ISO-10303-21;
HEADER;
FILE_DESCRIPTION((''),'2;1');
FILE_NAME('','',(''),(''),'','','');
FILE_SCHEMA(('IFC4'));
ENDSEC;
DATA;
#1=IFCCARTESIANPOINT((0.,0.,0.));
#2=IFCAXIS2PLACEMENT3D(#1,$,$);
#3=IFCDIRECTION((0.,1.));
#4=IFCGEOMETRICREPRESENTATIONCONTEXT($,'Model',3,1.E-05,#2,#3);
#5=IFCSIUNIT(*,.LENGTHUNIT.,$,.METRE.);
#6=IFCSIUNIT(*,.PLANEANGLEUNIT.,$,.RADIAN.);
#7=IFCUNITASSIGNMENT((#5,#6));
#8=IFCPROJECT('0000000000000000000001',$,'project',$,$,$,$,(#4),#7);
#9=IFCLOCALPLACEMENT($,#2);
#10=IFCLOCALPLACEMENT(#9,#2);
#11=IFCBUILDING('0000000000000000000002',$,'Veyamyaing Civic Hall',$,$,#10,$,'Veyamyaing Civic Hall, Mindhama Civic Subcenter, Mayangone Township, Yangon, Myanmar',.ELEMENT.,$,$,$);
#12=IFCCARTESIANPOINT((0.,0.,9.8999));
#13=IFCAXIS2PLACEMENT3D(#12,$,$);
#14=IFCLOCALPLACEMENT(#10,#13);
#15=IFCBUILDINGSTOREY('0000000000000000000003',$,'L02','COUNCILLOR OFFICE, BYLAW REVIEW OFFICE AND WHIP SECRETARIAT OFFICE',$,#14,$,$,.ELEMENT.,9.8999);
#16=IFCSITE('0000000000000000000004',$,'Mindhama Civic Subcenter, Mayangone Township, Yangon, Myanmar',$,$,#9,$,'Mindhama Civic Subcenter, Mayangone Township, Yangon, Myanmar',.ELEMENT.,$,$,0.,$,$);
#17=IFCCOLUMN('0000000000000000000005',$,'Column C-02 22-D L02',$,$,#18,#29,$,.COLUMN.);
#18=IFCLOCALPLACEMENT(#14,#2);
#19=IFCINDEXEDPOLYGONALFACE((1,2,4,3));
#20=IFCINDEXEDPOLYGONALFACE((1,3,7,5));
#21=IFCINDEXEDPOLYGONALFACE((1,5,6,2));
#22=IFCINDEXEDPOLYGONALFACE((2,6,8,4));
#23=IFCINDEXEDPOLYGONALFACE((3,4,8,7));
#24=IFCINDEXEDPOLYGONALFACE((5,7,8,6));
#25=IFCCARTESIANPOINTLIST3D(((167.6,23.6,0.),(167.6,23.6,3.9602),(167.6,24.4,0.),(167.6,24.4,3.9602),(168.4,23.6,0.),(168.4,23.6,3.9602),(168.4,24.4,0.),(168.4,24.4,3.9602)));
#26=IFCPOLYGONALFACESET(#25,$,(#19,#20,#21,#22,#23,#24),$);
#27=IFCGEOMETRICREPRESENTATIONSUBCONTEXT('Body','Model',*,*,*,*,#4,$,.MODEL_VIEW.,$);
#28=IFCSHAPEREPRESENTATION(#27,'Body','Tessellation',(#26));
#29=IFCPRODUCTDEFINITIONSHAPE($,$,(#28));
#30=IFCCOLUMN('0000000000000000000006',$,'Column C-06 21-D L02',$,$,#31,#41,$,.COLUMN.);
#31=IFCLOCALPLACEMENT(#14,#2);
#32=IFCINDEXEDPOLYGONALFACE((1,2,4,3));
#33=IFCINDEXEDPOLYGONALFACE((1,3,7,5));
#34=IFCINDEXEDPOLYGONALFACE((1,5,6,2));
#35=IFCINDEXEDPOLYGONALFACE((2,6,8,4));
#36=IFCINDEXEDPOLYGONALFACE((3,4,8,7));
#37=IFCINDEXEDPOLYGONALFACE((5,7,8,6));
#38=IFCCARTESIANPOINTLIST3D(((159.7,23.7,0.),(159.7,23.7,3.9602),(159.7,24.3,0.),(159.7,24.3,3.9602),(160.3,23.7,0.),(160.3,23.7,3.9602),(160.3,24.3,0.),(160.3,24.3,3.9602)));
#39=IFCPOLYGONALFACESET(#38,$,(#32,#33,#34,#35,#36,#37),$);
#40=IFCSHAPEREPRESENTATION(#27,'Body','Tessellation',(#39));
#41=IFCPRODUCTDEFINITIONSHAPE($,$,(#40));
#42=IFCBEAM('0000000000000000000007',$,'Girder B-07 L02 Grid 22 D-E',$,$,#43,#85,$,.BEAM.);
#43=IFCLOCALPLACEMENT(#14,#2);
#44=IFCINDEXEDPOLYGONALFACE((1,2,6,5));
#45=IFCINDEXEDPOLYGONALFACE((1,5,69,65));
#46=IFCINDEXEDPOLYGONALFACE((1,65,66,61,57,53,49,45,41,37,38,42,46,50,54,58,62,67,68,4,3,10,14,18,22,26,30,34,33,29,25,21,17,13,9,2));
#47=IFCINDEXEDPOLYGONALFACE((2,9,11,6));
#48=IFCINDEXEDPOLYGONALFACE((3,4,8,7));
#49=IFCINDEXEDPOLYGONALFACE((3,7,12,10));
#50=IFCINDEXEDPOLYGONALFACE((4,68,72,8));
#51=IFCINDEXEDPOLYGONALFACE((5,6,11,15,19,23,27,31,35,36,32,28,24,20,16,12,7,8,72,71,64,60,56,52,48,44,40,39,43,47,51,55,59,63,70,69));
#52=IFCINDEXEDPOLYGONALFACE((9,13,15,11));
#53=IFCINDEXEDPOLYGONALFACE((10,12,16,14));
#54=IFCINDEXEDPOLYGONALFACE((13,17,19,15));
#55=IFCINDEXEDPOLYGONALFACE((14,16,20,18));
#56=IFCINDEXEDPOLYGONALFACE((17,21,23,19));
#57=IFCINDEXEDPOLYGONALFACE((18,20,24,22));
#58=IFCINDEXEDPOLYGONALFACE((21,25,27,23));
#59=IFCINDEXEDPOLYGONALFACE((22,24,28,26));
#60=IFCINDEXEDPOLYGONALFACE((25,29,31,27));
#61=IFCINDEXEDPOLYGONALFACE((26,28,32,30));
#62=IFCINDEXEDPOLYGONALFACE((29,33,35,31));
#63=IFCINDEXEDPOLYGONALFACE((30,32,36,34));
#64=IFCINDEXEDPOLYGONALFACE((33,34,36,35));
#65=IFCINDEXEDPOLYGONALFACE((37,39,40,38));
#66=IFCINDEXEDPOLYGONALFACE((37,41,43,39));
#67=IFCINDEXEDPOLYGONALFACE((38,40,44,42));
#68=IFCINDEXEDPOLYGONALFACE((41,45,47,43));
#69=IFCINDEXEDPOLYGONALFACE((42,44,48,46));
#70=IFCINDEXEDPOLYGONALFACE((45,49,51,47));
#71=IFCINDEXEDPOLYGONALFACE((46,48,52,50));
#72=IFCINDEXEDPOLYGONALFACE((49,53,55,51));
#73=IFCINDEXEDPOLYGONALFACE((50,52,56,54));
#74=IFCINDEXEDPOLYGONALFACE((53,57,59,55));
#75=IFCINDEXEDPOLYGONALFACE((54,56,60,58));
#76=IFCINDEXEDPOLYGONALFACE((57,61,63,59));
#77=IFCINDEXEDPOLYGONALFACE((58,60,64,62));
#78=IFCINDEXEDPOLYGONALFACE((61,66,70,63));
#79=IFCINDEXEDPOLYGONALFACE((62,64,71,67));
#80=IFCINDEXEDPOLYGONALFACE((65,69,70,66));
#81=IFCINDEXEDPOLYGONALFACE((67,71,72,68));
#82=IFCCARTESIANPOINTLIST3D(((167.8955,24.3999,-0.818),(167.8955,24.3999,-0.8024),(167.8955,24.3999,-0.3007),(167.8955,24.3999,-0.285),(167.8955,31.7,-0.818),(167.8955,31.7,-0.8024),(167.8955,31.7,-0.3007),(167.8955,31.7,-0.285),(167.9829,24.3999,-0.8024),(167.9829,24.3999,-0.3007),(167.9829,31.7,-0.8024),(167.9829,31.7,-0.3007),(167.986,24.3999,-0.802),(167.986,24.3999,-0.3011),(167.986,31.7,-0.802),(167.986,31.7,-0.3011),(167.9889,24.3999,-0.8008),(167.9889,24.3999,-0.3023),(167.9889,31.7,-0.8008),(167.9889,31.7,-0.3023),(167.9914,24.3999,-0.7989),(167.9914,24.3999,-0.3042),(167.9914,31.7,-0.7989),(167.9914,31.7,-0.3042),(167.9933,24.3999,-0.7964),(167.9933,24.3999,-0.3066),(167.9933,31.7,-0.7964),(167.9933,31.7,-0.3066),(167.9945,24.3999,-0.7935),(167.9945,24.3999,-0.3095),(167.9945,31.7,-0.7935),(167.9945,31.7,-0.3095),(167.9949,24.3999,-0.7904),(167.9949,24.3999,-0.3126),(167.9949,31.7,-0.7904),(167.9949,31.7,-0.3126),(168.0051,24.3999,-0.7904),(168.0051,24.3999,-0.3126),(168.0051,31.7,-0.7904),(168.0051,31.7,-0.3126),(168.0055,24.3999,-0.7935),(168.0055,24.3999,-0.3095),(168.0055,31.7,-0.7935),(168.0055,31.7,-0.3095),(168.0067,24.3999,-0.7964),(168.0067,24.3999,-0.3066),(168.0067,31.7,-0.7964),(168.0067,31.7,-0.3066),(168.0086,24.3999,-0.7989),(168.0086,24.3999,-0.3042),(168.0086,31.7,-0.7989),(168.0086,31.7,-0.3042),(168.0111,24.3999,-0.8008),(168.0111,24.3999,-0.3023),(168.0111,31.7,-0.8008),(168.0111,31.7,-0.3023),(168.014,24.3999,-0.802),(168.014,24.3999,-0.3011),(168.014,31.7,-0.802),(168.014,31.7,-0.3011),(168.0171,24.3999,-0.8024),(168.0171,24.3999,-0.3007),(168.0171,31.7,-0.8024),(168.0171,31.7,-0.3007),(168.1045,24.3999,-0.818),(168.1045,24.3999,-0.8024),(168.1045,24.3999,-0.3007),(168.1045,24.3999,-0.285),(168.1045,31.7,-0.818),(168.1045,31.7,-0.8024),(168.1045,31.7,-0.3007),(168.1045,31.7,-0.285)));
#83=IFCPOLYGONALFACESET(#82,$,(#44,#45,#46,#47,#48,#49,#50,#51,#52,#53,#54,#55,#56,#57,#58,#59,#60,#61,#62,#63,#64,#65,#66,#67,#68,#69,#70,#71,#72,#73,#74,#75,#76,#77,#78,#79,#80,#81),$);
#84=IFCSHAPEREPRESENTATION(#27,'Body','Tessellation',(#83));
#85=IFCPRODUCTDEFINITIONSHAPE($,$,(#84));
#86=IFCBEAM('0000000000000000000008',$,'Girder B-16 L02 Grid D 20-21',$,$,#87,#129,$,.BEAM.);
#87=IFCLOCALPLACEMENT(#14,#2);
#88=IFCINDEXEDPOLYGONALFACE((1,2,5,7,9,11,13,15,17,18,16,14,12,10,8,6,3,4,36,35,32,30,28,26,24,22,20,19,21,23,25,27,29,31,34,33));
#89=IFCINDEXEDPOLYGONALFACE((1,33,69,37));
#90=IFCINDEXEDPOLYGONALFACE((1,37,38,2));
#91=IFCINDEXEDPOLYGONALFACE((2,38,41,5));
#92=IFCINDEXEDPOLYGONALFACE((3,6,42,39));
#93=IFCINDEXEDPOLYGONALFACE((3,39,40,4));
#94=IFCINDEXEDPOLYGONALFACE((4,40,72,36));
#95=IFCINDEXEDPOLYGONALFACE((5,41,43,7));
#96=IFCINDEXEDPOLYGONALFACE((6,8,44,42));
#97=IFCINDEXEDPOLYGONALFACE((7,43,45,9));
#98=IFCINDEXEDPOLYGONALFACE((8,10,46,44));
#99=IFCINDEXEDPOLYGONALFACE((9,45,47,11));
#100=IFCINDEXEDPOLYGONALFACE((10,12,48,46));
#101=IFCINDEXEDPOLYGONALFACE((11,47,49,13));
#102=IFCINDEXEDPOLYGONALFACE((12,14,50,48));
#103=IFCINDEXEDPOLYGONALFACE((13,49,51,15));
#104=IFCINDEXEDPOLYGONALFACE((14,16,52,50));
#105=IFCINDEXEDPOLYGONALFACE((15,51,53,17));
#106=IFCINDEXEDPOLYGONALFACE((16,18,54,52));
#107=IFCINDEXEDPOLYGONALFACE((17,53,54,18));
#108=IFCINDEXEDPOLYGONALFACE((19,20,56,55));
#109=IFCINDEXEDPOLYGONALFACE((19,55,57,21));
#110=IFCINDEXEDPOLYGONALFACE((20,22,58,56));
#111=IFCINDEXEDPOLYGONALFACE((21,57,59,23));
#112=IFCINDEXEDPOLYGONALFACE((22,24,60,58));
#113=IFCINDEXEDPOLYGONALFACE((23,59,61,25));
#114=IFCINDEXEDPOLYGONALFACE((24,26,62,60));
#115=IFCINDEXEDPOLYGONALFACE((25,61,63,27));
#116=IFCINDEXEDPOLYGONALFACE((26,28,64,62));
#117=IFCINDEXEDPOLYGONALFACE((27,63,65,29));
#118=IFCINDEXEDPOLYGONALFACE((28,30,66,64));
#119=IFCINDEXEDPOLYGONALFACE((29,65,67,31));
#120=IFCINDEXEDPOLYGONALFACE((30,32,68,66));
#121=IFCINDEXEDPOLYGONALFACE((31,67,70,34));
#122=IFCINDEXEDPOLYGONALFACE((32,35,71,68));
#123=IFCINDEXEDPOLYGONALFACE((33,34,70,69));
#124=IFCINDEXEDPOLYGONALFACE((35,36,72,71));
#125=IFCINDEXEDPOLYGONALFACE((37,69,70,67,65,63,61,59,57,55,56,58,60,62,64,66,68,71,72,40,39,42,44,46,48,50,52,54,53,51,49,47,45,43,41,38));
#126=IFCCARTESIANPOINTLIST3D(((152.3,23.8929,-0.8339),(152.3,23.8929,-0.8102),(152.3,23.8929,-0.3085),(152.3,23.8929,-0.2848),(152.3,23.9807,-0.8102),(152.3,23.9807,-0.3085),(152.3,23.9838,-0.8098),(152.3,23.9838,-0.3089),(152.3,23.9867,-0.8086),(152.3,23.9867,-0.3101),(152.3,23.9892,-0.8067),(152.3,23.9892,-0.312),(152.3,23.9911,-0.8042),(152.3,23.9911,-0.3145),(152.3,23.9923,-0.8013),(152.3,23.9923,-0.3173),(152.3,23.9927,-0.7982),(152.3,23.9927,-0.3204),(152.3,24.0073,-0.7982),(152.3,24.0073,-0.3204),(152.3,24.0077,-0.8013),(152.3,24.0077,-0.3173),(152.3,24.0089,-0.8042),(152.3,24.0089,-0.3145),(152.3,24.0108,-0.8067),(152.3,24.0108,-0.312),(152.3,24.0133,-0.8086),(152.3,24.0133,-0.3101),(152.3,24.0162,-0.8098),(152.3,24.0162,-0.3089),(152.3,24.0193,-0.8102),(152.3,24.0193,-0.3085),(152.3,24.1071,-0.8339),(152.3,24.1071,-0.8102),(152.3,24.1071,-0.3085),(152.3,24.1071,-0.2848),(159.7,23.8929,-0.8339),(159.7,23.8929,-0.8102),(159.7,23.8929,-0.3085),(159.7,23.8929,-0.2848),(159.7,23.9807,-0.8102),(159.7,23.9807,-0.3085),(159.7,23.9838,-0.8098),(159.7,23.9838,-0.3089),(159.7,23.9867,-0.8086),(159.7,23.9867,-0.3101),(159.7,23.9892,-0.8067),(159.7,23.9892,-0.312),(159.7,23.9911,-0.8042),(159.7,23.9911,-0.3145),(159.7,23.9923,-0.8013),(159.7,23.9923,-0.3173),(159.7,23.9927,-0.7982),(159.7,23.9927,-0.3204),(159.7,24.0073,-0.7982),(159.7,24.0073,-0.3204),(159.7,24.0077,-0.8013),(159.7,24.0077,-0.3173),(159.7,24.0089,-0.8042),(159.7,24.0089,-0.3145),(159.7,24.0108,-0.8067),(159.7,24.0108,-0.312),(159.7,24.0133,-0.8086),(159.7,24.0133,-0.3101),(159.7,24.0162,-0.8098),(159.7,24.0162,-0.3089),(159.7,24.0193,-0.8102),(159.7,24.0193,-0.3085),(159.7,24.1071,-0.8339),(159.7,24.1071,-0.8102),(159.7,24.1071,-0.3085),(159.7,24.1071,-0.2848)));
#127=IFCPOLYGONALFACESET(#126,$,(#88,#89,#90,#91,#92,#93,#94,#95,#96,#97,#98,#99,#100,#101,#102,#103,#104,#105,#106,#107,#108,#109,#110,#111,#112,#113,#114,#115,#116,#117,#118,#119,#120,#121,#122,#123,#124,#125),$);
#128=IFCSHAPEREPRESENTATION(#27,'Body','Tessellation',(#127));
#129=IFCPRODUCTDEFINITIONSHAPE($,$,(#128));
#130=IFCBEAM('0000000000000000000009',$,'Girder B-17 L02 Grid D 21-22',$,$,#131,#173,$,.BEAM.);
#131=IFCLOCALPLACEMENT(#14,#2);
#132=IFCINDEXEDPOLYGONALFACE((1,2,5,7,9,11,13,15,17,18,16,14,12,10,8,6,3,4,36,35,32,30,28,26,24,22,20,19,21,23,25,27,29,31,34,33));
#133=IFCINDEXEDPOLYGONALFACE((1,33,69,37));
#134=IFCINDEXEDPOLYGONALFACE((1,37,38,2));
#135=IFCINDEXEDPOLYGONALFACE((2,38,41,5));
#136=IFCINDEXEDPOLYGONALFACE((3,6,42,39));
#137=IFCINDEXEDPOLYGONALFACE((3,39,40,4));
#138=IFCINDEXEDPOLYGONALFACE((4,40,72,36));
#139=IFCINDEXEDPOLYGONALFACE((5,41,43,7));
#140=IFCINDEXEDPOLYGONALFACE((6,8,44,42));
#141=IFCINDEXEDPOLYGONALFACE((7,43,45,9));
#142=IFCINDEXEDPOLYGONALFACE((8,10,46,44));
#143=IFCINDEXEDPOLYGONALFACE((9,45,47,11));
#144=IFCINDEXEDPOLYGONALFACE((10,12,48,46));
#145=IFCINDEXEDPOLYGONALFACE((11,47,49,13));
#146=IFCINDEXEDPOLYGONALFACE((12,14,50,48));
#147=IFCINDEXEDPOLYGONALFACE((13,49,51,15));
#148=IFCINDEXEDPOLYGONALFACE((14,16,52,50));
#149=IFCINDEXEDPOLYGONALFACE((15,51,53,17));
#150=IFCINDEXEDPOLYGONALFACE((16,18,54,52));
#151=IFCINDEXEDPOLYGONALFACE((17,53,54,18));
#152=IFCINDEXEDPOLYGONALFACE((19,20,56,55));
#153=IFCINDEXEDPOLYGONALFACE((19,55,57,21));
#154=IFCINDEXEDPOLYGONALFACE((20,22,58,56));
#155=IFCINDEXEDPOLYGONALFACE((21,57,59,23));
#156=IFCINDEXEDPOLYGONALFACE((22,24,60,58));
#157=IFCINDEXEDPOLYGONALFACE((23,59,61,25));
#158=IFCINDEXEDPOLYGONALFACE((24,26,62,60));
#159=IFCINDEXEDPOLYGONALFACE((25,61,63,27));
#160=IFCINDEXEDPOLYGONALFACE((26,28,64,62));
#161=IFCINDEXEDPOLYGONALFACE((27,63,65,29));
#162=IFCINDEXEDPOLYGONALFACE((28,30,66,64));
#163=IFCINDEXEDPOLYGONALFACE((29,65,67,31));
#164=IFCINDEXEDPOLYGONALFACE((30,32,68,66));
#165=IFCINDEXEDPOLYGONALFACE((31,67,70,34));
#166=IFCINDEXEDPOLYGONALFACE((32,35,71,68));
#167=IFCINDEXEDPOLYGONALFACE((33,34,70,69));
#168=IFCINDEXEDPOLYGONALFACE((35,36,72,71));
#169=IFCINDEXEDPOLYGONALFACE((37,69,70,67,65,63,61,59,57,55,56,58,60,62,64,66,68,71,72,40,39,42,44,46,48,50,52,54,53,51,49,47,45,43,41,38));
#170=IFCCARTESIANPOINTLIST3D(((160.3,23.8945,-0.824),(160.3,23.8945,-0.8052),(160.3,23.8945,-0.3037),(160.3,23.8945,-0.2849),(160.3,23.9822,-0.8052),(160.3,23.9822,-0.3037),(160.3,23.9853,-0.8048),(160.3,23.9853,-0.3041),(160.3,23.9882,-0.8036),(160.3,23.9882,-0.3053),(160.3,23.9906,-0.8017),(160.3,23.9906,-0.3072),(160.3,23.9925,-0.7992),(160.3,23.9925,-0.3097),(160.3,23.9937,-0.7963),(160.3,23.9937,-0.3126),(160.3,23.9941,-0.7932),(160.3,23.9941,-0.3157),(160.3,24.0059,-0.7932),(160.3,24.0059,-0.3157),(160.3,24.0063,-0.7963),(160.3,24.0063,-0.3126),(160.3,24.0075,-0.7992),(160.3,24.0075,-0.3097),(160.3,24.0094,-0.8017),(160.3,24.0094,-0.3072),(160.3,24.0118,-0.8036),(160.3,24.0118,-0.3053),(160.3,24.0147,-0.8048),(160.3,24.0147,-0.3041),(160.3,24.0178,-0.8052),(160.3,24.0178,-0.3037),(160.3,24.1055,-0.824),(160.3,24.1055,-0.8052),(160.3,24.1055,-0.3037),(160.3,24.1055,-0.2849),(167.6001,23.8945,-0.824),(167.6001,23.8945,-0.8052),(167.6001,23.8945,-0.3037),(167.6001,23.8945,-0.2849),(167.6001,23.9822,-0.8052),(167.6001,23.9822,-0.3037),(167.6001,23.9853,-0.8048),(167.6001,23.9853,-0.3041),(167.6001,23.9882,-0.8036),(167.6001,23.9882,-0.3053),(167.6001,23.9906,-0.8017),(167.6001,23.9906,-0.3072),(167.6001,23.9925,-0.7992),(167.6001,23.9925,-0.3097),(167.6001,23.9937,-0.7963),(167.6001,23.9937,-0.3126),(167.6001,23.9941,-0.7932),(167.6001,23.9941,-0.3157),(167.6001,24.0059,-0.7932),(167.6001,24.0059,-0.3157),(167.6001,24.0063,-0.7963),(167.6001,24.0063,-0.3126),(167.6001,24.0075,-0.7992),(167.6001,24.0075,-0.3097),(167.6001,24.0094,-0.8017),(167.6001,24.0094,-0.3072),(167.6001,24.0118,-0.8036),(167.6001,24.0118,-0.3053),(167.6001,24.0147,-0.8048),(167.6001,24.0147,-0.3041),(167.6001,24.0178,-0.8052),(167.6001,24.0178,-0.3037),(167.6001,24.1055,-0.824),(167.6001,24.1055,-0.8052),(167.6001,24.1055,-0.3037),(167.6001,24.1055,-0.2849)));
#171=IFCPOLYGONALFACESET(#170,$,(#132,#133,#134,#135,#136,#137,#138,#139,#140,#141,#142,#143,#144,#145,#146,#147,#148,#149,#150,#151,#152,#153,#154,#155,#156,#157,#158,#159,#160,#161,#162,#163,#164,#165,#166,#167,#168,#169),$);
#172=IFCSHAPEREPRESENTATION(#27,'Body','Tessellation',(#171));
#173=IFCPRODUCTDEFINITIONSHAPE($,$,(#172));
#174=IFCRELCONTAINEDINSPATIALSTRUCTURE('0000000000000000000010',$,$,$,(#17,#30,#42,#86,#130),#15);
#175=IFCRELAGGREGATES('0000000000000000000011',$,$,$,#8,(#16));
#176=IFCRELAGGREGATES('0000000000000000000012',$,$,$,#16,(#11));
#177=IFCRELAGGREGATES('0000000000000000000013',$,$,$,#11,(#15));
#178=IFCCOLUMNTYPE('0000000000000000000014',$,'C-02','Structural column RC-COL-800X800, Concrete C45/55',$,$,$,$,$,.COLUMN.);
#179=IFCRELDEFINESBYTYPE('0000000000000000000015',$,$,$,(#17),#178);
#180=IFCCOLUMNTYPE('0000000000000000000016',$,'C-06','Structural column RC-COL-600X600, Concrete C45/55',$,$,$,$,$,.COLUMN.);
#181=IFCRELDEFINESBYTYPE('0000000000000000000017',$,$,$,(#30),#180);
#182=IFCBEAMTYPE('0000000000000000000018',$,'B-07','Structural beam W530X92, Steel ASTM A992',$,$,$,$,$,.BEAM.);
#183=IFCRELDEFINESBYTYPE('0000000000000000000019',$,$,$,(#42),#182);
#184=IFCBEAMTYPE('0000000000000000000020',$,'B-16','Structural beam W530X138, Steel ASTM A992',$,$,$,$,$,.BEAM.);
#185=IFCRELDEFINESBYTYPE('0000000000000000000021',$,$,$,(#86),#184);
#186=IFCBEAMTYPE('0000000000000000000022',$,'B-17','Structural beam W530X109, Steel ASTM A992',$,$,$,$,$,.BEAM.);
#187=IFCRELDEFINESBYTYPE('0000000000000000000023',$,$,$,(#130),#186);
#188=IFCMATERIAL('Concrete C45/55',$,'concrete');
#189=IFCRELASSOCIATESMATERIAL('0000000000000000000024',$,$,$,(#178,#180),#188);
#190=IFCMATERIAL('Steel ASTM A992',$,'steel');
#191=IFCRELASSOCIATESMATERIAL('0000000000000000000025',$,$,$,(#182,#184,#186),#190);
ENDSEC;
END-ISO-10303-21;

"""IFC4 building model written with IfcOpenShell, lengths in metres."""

from ifc_helpers import new_model, si_unit, direction, frame, origin, origin_2d, place, context, subcontext, project, spatial, rectangle, i_section, extrude, material, material_profile, profile_set, type_object, element, save


model = new_model("IFC4")

# Units and contexts
model_context = context("Model", 3, precision=1e-05, world=origin(), true_north=direction((0.0, 1.0)))
body_context = subcontext(model_context, "Body", "Model", "MODEL_VIEW")
ifc_project = project(units=[si_unit("LENGTHUNIT", "METRE"), si_unit("PLANEANGLEUNIT", "RADIAN")], contexts=[model_context])

# Site, building, storey
site_placement = place(None, origin())
site = spatial("IfcSite", under=ifc_project, at=site_placement, Name="Mindhama Civic Subcenter, Mayangone Township, Yangon, Myanmar", LongName="Mindhama Civic Subcenter, Mayangone Township, Yangon, Myanmar", CompositionType="ELEMENT", RefElevation=0.0)
building_placement = place(site_placement, origin())
building = spatial("IfcBuilding", under=site, at=building_placement, Name="Veyamyaing Civic Hall", LongName="Veyamyaing Civic Hall, Mindhama Civic Subcenter, Mayangone Township, Yangon, Myanmar", CompositionType="ELEMENT")
storey_placement = place(building_placement, frame((0.0, 0.0, 9.8999)))
storey = spatial("IfcBuildingStorey", under=building, at=storey_placement, Name="L02", Description="COUNCILLOR OFFICE, BYLAW REVIEW OFFICE AND WHIP SECRETARIAT OFFICE", CompositionType="ELEMENT", Elevation=9.8999)

# Columns
ifc_material_1 = material(Name="Concrete C45/55", Category="concrete")
ifc_material_profile_1 = material_profile(ifc_material_1, rectangle(XDim=0.8, YDim=0.8, at=origin_2d()), Name="RC-COL-800X800")
ifc_profile_set_1 = profile_set([ifc_material_profile_1], Name="Concrete C45/55")
column_type_1 = type_object("IfcColumnType", Name="C-02", Description="Structural column RC-COL-800X800, Concrete C45/55", PredefinedType="COLUMN", material=ifc_profile_set_1)
column_1_placement = place(storey_placement, frame((168.0, 24.0, 0.0), z_axis=(0.0, 0.0, 1.0), x_axis=(1.0, 0.0, 0.0)))
element("IfcColumn", 1, at=column_1_placement, inside=storey, type_object=column_type_1, Name="Column C-02 22-D L02", PredefinedType="COLUMN", context=body_context, shape_type="SweptSolid", body=[
    extrude(rectangle(XDim=0.8, YDim=0.8, at=origin_2d()), origin(), (0.0, 0.0, 1.0), 3.9602),
])
ifc_material_profile_2 = material_profile(ifc_material_1, rectangle(XDim=0.6001, YDim=0.6001, at=origin_2d()), Name="RC-COL-600X600")
ifc_profile_set_2 = profile_set([ifc_material_profile_2], Name="Concrete C45/55")
column_type_2 = type_object("IfcColumnType", Name="C-06", Description="Structural column RC-COL-600X600, Concrete C45/55", PredefinedType="COLUMN", material=ifc_profile_set_2)
column_2_placement = place(storey_placement, frame((160.0, 24.0, 0.0), z_axis=(0.0, 0.0, 1.0), x_axis=(1.0, 0.0, 0.0)))
element("IfcColumn", 2, at=column_2_placement, inside=storey, type_object=column_type_2, Name="Column C-06 21-D L02", PredefinedType="COLUMN", context=body_context, shape_type="SweptSolid", body=[
    extrude(rectangle(XDim=0.6001, YDim=0.6001, at=origin_2d()), origin(), (0.0, 0.0, 1.0), 3.9602),
])

# Beams
ifc_material_2 = material(Name="Steel ASTM A992", Category="steel")
ifc_material_profile_3 = material_profile(ifc_material_2, i_section(OverallWidth=0.209, OverallDepth=0.533, WebThickness=0.0103, FlangeThickness=0.0156, FilletRadius=0.012, at=origin_2d()), Name="W530X92")
ifc_profile_set_3 = profile_set([ifc_material_profile_3], Name="Steel ASTM A992")
beam_type_1 = type_object("IfcBeamType", Name="B-07", Description="Structural beam W530X92, Steel ASTM A992", PredefinedType="BEAM", material=ifc_profile_set_3)
beam_1_placement = place(storey_placement, frame((168.0, 24.3999, -0.5515), z_axis=(0.0, 1.0, 0.0), x_axis=(-1.0, 0.0, 0.0)))
element("IfcBeam", 3, at=beam_1_placement, inside=storey, type_object=beam_type_1, Name="Girder B-07 L02 Grid 22 D-E", PredefinedType="BEAM", context=body_context, shape_type="SweptSolid", body=[
    extrude(i_section(OverallWidth=0.209, OverallDepth=0.533, WebThickness=0.0103, FlangeThickness=0.0156, FilletRadius=0.012, at=origin_2d()), origin(), (0.0, 0.0, 1.0), 7.3),
])
ifc_material_profile_4 = material_profile(ifc_material_2, i_section(OverallWidth=0.2141, OverallDepth=0.5491, WebThickness=0.0146, FlangeThickness=0.0237, FilletRadius=0.012, at=origin_2d()), Name="W530X138")
ifc_profile_set_4 = profile_set([ifc_material_profile_4], Name="Steel ASTM A992")
beam_type_2 = type_object("IfcBeamType", Name="B-16", Description="Structural beam W530X138, Steel ASTM A992", PredefinedType="BEAM", material=ifc_profile_set_4)
beam_2_placement = place(storey_placement, frame((152.3, 24.0, -0.5593), z_axis=(1.0, 0.0, 0.0), x_axis=(0.0, 1.0, 0.0)))
element("IfcBeam", 4, at=beam_2_placement, inside=storey, type_object=beam_type_2, Name="Girder B-16 L02 Grid D 20-21", PredefinedType="BEAM", context=body_context, shape_type="SweptSolid", body=[
    extrude(i_section(OverallWidth=0.2141, OverallDepth=0.5491, WebThickness=0.0146, FlangeThickness=0.0237, FilletRadius=0.012, at=origin_2d()), origin(), (0.0, 0.0, 1.0), 7.3999),
])
ifc_material_profile_5 = material_profile(ifc_material_2, i_section(OverallWidth=0.2109, OverallDepth=0.5391, WebThickness=0.0117, FlangeThickness=0.0188, FilletRadius=0.012, at=origin_2d()), Name="W530X109")
ifc_profile_set_5 = profile_set([ifc_material_profile_5], Name="Steel ASTM A992")
beam_type_3 = type_object("IfcBeamType", Name="B-17", Description="Structural beam W530X109, Steel ASTM A992", PredefinedType="BEAM", material=ifc_profile_set_5)
beam_3_placement = place(storey_placement, frame((160.3, 24.0, -0.5544), z_axis=(1.0, 0.0, 0.0), x_axis=(0.0, 1.0, 0.0)))
element("IfcBeam", 5, at=beam_3_placement, inside=storey, type_object=beam_type_3, Name="Girder B-17 L02 Grid D 21-22", PredefinedType="BEAM", context=body_context, shape_type="SweptSolid", body=[
    extrude(i_section(OverallWidth=0.2109, OverallDepth=0.5391, WebThickness=0.0117, FlangeThickness=0.0188, FilletRadius=0.012, at=origin_2d()), origin(), (0.0, 0.0, 1.0), 7.3),
])

save(model, "model.ifc")
